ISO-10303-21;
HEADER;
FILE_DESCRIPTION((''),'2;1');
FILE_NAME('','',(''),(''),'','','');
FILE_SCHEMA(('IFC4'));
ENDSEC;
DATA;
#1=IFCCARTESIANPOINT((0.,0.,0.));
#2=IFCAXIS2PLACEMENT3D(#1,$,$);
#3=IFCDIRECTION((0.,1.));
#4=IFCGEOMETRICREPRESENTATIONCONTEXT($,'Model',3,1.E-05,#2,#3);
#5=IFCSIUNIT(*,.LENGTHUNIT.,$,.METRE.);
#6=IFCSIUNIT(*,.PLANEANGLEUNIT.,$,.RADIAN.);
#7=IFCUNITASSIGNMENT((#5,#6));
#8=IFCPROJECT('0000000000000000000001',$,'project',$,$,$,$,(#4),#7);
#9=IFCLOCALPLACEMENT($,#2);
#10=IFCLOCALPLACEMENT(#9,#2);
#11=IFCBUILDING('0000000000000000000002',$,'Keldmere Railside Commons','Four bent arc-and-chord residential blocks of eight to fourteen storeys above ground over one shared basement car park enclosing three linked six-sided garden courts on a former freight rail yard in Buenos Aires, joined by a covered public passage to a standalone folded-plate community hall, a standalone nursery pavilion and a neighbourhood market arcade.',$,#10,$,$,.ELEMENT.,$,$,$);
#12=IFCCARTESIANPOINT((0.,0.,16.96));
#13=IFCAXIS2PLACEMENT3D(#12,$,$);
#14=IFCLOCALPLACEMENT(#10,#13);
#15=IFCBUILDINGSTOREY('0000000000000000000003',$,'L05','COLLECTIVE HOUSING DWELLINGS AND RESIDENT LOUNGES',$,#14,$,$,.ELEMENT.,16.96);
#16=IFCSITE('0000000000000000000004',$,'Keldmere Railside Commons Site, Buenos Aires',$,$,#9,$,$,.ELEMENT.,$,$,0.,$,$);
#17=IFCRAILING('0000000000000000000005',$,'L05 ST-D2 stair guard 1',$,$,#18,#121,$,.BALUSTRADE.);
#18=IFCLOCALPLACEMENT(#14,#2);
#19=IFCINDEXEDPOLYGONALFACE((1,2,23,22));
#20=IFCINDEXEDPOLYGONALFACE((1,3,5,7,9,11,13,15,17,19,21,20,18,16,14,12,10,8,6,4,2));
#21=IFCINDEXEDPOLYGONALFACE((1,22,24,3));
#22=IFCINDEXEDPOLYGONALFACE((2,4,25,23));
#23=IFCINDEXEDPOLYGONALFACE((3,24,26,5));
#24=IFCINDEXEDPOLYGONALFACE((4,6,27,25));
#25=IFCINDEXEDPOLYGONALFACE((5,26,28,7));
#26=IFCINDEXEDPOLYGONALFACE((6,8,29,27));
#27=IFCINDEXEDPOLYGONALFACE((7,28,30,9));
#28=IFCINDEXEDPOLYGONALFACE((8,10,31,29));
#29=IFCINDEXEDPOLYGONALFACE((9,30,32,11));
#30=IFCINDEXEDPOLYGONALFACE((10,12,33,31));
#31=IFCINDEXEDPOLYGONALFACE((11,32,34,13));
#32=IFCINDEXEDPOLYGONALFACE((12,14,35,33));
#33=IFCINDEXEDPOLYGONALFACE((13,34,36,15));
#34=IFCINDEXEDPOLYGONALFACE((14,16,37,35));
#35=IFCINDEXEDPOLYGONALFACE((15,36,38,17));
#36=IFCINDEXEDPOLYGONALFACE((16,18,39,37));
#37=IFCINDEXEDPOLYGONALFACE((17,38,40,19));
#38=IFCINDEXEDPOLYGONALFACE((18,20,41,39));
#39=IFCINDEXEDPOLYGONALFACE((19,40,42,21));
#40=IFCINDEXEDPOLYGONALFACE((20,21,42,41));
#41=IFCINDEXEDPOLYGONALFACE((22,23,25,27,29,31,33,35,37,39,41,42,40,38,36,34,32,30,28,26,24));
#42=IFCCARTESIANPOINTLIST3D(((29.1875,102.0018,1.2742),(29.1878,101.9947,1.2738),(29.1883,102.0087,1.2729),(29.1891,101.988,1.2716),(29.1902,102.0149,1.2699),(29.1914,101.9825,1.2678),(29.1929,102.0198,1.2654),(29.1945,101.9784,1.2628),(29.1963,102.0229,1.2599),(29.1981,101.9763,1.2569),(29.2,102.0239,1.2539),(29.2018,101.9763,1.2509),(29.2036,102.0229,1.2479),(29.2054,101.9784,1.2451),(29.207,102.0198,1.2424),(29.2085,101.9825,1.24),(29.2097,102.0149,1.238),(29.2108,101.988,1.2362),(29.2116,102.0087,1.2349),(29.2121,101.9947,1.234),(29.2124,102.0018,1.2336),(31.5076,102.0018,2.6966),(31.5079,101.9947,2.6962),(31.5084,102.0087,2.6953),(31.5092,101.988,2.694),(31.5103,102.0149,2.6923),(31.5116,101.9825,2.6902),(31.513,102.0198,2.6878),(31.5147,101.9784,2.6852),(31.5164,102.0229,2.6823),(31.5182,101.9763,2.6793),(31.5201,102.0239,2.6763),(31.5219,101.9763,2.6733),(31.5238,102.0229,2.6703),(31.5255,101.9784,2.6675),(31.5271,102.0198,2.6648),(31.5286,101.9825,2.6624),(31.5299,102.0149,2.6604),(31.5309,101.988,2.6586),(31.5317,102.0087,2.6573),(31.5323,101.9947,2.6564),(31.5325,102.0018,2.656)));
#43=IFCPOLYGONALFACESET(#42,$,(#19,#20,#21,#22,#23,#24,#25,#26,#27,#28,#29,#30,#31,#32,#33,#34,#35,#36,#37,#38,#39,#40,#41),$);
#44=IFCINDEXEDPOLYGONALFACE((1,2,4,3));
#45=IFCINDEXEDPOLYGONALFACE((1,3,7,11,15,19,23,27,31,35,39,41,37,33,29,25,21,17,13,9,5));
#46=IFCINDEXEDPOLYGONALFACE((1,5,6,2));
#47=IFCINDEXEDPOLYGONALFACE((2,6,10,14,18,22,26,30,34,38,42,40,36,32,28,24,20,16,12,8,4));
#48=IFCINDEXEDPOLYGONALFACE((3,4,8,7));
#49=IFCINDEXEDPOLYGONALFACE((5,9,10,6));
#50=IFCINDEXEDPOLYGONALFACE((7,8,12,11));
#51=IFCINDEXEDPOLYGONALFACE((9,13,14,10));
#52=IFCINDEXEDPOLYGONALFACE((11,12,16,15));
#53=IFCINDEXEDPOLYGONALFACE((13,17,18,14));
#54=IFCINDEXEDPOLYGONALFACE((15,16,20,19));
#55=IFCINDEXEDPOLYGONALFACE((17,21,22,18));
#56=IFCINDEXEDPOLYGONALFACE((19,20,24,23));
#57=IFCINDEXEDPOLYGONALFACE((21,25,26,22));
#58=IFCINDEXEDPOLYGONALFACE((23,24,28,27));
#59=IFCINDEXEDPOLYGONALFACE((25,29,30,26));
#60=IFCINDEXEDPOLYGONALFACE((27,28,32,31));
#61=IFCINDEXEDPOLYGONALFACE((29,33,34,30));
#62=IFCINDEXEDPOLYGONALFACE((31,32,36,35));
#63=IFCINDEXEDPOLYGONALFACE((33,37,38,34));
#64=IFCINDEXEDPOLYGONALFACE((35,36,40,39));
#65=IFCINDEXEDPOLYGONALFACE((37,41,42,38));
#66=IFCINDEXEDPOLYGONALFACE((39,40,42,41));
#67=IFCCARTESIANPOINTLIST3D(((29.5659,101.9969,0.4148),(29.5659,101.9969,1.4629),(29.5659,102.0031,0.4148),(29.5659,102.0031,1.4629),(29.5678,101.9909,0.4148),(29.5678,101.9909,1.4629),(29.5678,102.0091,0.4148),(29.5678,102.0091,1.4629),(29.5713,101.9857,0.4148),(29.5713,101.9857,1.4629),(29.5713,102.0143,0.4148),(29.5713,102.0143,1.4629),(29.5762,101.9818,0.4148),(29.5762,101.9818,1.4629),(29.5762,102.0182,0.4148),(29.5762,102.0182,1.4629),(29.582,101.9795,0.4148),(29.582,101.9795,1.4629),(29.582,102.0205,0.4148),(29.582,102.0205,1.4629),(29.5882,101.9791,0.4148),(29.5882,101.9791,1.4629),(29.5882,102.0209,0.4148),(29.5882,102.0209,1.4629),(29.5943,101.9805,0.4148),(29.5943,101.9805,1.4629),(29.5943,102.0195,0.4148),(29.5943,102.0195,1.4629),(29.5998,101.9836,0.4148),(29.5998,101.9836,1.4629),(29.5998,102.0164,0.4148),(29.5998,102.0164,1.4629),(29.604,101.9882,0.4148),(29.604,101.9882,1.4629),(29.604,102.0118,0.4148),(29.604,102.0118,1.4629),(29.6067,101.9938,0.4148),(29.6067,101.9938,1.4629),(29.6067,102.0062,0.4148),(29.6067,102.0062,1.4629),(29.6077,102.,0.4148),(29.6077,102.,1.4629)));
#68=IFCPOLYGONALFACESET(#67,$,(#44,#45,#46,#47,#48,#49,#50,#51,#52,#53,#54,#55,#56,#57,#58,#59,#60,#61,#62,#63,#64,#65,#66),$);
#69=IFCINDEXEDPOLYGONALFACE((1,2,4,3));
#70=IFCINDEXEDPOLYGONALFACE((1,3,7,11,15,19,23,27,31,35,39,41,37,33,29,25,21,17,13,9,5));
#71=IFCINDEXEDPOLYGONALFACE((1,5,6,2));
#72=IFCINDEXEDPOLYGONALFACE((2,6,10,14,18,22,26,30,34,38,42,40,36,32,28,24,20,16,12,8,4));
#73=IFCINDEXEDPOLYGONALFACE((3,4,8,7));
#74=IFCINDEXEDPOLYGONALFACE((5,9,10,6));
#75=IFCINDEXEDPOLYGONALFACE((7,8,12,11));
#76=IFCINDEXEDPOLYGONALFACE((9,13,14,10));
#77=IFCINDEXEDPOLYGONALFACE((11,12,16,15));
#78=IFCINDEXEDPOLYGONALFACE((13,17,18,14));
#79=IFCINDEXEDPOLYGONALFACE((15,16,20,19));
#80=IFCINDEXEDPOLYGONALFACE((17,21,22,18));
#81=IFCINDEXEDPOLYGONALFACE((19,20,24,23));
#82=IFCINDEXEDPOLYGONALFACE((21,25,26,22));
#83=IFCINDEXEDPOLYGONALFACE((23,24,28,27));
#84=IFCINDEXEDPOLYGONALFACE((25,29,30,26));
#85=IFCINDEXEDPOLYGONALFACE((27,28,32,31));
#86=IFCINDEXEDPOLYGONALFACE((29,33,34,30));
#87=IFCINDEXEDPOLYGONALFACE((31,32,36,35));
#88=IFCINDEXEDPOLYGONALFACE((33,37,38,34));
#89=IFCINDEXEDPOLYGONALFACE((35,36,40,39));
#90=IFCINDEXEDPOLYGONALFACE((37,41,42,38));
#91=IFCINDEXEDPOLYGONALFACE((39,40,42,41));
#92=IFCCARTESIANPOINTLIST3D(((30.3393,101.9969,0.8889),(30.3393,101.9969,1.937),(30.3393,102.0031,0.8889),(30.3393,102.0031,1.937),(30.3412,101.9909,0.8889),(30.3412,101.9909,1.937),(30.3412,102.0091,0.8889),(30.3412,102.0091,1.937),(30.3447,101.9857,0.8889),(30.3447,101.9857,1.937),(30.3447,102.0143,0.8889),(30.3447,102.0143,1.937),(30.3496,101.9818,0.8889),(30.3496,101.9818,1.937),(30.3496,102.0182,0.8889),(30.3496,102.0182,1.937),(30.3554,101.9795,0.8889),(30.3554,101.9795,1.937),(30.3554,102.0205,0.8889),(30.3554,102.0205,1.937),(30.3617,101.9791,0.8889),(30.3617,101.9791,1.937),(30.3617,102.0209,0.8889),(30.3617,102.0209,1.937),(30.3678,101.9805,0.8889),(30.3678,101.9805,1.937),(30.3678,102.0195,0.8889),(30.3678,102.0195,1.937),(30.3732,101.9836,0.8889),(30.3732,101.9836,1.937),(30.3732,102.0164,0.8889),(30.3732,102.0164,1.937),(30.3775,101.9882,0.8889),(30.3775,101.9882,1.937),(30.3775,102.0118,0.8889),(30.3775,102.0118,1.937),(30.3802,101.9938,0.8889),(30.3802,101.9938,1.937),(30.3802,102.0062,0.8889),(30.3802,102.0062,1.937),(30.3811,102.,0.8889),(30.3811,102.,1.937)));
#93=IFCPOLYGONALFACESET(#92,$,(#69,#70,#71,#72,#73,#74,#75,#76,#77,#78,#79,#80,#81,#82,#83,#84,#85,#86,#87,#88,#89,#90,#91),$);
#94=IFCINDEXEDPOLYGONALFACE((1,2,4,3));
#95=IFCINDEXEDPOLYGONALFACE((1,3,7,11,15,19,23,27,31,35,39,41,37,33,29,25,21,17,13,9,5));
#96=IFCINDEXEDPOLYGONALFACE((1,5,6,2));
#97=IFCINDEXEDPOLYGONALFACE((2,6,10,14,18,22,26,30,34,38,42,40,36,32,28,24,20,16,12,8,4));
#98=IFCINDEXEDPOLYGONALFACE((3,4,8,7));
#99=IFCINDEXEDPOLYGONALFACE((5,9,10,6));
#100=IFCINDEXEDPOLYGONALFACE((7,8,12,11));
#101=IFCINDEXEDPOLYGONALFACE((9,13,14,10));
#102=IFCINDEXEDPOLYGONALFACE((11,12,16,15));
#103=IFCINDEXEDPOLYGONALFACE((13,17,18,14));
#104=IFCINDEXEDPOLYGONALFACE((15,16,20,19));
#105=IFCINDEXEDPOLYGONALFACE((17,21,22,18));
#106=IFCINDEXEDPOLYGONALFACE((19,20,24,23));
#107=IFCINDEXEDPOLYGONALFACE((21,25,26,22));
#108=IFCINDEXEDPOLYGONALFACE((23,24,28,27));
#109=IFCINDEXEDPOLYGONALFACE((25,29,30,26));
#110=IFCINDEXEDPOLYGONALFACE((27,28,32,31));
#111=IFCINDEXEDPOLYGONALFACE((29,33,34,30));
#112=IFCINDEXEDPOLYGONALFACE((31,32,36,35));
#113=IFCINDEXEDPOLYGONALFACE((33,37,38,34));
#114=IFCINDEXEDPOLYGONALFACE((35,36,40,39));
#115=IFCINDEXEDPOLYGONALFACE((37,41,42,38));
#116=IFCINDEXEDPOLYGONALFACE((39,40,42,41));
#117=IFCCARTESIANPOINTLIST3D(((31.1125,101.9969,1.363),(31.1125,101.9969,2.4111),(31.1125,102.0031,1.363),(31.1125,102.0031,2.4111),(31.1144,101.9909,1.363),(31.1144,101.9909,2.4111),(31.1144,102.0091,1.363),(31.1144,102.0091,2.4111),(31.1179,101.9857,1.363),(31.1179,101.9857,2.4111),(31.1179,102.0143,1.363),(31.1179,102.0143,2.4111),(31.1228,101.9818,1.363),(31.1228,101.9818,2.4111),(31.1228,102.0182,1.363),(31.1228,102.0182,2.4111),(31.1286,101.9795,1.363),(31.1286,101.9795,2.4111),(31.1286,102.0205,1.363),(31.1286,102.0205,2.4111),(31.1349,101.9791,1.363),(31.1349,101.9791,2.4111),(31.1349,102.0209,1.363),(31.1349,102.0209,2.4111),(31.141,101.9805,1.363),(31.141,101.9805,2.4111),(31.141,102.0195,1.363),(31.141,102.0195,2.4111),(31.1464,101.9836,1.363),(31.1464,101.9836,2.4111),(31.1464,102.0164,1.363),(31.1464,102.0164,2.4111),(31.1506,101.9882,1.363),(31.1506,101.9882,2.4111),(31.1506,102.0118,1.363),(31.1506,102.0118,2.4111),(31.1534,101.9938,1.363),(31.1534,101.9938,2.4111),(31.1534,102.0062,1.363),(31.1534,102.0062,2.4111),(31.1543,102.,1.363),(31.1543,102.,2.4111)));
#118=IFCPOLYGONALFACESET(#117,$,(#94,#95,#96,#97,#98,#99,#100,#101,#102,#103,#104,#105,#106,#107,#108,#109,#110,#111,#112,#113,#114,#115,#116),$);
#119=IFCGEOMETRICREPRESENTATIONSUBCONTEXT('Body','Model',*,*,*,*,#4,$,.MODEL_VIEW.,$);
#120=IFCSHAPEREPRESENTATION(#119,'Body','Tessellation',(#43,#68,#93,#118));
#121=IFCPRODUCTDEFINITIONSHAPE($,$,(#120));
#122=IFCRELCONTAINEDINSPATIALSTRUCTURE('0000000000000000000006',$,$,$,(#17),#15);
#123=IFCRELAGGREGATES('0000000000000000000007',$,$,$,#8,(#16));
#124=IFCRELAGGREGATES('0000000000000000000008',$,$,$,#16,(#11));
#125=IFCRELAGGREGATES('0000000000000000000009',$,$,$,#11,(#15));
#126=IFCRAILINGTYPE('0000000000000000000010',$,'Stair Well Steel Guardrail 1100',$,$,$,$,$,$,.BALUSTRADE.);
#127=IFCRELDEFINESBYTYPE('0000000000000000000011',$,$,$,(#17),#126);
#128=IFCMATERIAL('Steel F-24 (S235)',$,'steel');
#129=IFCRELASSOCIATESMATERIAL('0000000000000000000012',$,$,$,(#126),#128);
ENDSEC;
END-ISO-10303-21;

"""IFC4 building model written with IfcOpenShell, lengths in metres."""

from ifc_helpers import new_model, si_unit, direction, frame, origin, origin_2d, place, context, subcontext, project, spatial, circle, extrude, material, type_object, element, save


model = new_model("IFC4")

# Units and contexts
model_context = context("Model", 3, precision=1e-05, world=origin(), true_north=direction((0.0, 1.0)))
body_context = subcontext(model_context, "Body", "Model", "MODEL_VIEW")
ifc_project = project(units=[si_unit("LENGTHUNIT", "METRE"), si_unit("PLANEANGLEUNIT", "RADIAN")], contexts=[model_context])

# Site, building, storey
site_placement = place(None, origin())
site = spatial("IfcSite", under=ifc_project, at=site_placement, Name="Keldmere Railside Commons Site, Buenos Aires", CompositionType="ELEMENT", RefElevation=0.0)
building_placement = place(site_placement, origin())
building = spatial("IfcBuilding", under=site, at=building_placement, Name="Keldmere Railside Commons", Description="Four bent arc-and-chord residential blocks of eight to fourteen storeys above ground over one shared basement car park enclosing three linked six-sided garden courts on a former freight rail yard in Buenos Aires, joined by a covered public passage to a standalone folded-plate community hall, a standalone nursery pavilion and a neighbourhood market arcade.", CompositionType="ELEMENT")
storey_placement = place(building_placement, frame((0.0, 0.0, 16.96)))
storey = spatial("IfcBuildingStorey", under=building, at=storey_placement, Name="L05", Description="COLLECTIVE HOUSING DWELLINGS AND RESIDENT LOUNGES", CompositionType="ELEMENT", Elevation=16.96)

# Railing
ifc_material_1 = material(Name="Steel F-24 (S235)", Category="steel")
railing_type_1 = type_object("IfcRailingType", Name="Stair Well Steel Guardrail 1100", PredefinedType="BALUSTRADE", material=ifc_material_1)
railing_1_placement = place(storey_placement, frame((29.2, 102.0, 0.1777)))
element("IfcRailing", 1, at=railing_1_placement, inside=storey, type_object=railing_type_1, Name="L05 ST-D2 stair guard 1", PredefinedType="BALUSTRADE", context=body_context, shape_type="SweptSolid", body=[
    extrude(circle(Radius=0.0239, at=origin_2d()), frame((0.0, 0.0, 1.0762), z_axis=(0.852538, 0.0, 0.522665), x_axis=(0.0, 1.0, 0.0)), (0.0, 0.0, 1.0), 2.7214),
    extrude(circle(Radius=0.021, at=origin_2d()), frame((0.3867, 0.0, 0.2371)), (0.0, 0.0, 1.0), 1.0481),
    extrude(circle(Radius=0.021, at=origin_2d()), frame((1.1602, 0.0, 0.7112)), (0.0, 0.0, 1.0), 1.0481),
    extrude(circle(Radius=0.021, at=origin_2d()), frame((1.9333, 0.0, 1.1853)), (0.0, 0.0, 1.0), 1.0481),
])

save(model, "model.ifc")
